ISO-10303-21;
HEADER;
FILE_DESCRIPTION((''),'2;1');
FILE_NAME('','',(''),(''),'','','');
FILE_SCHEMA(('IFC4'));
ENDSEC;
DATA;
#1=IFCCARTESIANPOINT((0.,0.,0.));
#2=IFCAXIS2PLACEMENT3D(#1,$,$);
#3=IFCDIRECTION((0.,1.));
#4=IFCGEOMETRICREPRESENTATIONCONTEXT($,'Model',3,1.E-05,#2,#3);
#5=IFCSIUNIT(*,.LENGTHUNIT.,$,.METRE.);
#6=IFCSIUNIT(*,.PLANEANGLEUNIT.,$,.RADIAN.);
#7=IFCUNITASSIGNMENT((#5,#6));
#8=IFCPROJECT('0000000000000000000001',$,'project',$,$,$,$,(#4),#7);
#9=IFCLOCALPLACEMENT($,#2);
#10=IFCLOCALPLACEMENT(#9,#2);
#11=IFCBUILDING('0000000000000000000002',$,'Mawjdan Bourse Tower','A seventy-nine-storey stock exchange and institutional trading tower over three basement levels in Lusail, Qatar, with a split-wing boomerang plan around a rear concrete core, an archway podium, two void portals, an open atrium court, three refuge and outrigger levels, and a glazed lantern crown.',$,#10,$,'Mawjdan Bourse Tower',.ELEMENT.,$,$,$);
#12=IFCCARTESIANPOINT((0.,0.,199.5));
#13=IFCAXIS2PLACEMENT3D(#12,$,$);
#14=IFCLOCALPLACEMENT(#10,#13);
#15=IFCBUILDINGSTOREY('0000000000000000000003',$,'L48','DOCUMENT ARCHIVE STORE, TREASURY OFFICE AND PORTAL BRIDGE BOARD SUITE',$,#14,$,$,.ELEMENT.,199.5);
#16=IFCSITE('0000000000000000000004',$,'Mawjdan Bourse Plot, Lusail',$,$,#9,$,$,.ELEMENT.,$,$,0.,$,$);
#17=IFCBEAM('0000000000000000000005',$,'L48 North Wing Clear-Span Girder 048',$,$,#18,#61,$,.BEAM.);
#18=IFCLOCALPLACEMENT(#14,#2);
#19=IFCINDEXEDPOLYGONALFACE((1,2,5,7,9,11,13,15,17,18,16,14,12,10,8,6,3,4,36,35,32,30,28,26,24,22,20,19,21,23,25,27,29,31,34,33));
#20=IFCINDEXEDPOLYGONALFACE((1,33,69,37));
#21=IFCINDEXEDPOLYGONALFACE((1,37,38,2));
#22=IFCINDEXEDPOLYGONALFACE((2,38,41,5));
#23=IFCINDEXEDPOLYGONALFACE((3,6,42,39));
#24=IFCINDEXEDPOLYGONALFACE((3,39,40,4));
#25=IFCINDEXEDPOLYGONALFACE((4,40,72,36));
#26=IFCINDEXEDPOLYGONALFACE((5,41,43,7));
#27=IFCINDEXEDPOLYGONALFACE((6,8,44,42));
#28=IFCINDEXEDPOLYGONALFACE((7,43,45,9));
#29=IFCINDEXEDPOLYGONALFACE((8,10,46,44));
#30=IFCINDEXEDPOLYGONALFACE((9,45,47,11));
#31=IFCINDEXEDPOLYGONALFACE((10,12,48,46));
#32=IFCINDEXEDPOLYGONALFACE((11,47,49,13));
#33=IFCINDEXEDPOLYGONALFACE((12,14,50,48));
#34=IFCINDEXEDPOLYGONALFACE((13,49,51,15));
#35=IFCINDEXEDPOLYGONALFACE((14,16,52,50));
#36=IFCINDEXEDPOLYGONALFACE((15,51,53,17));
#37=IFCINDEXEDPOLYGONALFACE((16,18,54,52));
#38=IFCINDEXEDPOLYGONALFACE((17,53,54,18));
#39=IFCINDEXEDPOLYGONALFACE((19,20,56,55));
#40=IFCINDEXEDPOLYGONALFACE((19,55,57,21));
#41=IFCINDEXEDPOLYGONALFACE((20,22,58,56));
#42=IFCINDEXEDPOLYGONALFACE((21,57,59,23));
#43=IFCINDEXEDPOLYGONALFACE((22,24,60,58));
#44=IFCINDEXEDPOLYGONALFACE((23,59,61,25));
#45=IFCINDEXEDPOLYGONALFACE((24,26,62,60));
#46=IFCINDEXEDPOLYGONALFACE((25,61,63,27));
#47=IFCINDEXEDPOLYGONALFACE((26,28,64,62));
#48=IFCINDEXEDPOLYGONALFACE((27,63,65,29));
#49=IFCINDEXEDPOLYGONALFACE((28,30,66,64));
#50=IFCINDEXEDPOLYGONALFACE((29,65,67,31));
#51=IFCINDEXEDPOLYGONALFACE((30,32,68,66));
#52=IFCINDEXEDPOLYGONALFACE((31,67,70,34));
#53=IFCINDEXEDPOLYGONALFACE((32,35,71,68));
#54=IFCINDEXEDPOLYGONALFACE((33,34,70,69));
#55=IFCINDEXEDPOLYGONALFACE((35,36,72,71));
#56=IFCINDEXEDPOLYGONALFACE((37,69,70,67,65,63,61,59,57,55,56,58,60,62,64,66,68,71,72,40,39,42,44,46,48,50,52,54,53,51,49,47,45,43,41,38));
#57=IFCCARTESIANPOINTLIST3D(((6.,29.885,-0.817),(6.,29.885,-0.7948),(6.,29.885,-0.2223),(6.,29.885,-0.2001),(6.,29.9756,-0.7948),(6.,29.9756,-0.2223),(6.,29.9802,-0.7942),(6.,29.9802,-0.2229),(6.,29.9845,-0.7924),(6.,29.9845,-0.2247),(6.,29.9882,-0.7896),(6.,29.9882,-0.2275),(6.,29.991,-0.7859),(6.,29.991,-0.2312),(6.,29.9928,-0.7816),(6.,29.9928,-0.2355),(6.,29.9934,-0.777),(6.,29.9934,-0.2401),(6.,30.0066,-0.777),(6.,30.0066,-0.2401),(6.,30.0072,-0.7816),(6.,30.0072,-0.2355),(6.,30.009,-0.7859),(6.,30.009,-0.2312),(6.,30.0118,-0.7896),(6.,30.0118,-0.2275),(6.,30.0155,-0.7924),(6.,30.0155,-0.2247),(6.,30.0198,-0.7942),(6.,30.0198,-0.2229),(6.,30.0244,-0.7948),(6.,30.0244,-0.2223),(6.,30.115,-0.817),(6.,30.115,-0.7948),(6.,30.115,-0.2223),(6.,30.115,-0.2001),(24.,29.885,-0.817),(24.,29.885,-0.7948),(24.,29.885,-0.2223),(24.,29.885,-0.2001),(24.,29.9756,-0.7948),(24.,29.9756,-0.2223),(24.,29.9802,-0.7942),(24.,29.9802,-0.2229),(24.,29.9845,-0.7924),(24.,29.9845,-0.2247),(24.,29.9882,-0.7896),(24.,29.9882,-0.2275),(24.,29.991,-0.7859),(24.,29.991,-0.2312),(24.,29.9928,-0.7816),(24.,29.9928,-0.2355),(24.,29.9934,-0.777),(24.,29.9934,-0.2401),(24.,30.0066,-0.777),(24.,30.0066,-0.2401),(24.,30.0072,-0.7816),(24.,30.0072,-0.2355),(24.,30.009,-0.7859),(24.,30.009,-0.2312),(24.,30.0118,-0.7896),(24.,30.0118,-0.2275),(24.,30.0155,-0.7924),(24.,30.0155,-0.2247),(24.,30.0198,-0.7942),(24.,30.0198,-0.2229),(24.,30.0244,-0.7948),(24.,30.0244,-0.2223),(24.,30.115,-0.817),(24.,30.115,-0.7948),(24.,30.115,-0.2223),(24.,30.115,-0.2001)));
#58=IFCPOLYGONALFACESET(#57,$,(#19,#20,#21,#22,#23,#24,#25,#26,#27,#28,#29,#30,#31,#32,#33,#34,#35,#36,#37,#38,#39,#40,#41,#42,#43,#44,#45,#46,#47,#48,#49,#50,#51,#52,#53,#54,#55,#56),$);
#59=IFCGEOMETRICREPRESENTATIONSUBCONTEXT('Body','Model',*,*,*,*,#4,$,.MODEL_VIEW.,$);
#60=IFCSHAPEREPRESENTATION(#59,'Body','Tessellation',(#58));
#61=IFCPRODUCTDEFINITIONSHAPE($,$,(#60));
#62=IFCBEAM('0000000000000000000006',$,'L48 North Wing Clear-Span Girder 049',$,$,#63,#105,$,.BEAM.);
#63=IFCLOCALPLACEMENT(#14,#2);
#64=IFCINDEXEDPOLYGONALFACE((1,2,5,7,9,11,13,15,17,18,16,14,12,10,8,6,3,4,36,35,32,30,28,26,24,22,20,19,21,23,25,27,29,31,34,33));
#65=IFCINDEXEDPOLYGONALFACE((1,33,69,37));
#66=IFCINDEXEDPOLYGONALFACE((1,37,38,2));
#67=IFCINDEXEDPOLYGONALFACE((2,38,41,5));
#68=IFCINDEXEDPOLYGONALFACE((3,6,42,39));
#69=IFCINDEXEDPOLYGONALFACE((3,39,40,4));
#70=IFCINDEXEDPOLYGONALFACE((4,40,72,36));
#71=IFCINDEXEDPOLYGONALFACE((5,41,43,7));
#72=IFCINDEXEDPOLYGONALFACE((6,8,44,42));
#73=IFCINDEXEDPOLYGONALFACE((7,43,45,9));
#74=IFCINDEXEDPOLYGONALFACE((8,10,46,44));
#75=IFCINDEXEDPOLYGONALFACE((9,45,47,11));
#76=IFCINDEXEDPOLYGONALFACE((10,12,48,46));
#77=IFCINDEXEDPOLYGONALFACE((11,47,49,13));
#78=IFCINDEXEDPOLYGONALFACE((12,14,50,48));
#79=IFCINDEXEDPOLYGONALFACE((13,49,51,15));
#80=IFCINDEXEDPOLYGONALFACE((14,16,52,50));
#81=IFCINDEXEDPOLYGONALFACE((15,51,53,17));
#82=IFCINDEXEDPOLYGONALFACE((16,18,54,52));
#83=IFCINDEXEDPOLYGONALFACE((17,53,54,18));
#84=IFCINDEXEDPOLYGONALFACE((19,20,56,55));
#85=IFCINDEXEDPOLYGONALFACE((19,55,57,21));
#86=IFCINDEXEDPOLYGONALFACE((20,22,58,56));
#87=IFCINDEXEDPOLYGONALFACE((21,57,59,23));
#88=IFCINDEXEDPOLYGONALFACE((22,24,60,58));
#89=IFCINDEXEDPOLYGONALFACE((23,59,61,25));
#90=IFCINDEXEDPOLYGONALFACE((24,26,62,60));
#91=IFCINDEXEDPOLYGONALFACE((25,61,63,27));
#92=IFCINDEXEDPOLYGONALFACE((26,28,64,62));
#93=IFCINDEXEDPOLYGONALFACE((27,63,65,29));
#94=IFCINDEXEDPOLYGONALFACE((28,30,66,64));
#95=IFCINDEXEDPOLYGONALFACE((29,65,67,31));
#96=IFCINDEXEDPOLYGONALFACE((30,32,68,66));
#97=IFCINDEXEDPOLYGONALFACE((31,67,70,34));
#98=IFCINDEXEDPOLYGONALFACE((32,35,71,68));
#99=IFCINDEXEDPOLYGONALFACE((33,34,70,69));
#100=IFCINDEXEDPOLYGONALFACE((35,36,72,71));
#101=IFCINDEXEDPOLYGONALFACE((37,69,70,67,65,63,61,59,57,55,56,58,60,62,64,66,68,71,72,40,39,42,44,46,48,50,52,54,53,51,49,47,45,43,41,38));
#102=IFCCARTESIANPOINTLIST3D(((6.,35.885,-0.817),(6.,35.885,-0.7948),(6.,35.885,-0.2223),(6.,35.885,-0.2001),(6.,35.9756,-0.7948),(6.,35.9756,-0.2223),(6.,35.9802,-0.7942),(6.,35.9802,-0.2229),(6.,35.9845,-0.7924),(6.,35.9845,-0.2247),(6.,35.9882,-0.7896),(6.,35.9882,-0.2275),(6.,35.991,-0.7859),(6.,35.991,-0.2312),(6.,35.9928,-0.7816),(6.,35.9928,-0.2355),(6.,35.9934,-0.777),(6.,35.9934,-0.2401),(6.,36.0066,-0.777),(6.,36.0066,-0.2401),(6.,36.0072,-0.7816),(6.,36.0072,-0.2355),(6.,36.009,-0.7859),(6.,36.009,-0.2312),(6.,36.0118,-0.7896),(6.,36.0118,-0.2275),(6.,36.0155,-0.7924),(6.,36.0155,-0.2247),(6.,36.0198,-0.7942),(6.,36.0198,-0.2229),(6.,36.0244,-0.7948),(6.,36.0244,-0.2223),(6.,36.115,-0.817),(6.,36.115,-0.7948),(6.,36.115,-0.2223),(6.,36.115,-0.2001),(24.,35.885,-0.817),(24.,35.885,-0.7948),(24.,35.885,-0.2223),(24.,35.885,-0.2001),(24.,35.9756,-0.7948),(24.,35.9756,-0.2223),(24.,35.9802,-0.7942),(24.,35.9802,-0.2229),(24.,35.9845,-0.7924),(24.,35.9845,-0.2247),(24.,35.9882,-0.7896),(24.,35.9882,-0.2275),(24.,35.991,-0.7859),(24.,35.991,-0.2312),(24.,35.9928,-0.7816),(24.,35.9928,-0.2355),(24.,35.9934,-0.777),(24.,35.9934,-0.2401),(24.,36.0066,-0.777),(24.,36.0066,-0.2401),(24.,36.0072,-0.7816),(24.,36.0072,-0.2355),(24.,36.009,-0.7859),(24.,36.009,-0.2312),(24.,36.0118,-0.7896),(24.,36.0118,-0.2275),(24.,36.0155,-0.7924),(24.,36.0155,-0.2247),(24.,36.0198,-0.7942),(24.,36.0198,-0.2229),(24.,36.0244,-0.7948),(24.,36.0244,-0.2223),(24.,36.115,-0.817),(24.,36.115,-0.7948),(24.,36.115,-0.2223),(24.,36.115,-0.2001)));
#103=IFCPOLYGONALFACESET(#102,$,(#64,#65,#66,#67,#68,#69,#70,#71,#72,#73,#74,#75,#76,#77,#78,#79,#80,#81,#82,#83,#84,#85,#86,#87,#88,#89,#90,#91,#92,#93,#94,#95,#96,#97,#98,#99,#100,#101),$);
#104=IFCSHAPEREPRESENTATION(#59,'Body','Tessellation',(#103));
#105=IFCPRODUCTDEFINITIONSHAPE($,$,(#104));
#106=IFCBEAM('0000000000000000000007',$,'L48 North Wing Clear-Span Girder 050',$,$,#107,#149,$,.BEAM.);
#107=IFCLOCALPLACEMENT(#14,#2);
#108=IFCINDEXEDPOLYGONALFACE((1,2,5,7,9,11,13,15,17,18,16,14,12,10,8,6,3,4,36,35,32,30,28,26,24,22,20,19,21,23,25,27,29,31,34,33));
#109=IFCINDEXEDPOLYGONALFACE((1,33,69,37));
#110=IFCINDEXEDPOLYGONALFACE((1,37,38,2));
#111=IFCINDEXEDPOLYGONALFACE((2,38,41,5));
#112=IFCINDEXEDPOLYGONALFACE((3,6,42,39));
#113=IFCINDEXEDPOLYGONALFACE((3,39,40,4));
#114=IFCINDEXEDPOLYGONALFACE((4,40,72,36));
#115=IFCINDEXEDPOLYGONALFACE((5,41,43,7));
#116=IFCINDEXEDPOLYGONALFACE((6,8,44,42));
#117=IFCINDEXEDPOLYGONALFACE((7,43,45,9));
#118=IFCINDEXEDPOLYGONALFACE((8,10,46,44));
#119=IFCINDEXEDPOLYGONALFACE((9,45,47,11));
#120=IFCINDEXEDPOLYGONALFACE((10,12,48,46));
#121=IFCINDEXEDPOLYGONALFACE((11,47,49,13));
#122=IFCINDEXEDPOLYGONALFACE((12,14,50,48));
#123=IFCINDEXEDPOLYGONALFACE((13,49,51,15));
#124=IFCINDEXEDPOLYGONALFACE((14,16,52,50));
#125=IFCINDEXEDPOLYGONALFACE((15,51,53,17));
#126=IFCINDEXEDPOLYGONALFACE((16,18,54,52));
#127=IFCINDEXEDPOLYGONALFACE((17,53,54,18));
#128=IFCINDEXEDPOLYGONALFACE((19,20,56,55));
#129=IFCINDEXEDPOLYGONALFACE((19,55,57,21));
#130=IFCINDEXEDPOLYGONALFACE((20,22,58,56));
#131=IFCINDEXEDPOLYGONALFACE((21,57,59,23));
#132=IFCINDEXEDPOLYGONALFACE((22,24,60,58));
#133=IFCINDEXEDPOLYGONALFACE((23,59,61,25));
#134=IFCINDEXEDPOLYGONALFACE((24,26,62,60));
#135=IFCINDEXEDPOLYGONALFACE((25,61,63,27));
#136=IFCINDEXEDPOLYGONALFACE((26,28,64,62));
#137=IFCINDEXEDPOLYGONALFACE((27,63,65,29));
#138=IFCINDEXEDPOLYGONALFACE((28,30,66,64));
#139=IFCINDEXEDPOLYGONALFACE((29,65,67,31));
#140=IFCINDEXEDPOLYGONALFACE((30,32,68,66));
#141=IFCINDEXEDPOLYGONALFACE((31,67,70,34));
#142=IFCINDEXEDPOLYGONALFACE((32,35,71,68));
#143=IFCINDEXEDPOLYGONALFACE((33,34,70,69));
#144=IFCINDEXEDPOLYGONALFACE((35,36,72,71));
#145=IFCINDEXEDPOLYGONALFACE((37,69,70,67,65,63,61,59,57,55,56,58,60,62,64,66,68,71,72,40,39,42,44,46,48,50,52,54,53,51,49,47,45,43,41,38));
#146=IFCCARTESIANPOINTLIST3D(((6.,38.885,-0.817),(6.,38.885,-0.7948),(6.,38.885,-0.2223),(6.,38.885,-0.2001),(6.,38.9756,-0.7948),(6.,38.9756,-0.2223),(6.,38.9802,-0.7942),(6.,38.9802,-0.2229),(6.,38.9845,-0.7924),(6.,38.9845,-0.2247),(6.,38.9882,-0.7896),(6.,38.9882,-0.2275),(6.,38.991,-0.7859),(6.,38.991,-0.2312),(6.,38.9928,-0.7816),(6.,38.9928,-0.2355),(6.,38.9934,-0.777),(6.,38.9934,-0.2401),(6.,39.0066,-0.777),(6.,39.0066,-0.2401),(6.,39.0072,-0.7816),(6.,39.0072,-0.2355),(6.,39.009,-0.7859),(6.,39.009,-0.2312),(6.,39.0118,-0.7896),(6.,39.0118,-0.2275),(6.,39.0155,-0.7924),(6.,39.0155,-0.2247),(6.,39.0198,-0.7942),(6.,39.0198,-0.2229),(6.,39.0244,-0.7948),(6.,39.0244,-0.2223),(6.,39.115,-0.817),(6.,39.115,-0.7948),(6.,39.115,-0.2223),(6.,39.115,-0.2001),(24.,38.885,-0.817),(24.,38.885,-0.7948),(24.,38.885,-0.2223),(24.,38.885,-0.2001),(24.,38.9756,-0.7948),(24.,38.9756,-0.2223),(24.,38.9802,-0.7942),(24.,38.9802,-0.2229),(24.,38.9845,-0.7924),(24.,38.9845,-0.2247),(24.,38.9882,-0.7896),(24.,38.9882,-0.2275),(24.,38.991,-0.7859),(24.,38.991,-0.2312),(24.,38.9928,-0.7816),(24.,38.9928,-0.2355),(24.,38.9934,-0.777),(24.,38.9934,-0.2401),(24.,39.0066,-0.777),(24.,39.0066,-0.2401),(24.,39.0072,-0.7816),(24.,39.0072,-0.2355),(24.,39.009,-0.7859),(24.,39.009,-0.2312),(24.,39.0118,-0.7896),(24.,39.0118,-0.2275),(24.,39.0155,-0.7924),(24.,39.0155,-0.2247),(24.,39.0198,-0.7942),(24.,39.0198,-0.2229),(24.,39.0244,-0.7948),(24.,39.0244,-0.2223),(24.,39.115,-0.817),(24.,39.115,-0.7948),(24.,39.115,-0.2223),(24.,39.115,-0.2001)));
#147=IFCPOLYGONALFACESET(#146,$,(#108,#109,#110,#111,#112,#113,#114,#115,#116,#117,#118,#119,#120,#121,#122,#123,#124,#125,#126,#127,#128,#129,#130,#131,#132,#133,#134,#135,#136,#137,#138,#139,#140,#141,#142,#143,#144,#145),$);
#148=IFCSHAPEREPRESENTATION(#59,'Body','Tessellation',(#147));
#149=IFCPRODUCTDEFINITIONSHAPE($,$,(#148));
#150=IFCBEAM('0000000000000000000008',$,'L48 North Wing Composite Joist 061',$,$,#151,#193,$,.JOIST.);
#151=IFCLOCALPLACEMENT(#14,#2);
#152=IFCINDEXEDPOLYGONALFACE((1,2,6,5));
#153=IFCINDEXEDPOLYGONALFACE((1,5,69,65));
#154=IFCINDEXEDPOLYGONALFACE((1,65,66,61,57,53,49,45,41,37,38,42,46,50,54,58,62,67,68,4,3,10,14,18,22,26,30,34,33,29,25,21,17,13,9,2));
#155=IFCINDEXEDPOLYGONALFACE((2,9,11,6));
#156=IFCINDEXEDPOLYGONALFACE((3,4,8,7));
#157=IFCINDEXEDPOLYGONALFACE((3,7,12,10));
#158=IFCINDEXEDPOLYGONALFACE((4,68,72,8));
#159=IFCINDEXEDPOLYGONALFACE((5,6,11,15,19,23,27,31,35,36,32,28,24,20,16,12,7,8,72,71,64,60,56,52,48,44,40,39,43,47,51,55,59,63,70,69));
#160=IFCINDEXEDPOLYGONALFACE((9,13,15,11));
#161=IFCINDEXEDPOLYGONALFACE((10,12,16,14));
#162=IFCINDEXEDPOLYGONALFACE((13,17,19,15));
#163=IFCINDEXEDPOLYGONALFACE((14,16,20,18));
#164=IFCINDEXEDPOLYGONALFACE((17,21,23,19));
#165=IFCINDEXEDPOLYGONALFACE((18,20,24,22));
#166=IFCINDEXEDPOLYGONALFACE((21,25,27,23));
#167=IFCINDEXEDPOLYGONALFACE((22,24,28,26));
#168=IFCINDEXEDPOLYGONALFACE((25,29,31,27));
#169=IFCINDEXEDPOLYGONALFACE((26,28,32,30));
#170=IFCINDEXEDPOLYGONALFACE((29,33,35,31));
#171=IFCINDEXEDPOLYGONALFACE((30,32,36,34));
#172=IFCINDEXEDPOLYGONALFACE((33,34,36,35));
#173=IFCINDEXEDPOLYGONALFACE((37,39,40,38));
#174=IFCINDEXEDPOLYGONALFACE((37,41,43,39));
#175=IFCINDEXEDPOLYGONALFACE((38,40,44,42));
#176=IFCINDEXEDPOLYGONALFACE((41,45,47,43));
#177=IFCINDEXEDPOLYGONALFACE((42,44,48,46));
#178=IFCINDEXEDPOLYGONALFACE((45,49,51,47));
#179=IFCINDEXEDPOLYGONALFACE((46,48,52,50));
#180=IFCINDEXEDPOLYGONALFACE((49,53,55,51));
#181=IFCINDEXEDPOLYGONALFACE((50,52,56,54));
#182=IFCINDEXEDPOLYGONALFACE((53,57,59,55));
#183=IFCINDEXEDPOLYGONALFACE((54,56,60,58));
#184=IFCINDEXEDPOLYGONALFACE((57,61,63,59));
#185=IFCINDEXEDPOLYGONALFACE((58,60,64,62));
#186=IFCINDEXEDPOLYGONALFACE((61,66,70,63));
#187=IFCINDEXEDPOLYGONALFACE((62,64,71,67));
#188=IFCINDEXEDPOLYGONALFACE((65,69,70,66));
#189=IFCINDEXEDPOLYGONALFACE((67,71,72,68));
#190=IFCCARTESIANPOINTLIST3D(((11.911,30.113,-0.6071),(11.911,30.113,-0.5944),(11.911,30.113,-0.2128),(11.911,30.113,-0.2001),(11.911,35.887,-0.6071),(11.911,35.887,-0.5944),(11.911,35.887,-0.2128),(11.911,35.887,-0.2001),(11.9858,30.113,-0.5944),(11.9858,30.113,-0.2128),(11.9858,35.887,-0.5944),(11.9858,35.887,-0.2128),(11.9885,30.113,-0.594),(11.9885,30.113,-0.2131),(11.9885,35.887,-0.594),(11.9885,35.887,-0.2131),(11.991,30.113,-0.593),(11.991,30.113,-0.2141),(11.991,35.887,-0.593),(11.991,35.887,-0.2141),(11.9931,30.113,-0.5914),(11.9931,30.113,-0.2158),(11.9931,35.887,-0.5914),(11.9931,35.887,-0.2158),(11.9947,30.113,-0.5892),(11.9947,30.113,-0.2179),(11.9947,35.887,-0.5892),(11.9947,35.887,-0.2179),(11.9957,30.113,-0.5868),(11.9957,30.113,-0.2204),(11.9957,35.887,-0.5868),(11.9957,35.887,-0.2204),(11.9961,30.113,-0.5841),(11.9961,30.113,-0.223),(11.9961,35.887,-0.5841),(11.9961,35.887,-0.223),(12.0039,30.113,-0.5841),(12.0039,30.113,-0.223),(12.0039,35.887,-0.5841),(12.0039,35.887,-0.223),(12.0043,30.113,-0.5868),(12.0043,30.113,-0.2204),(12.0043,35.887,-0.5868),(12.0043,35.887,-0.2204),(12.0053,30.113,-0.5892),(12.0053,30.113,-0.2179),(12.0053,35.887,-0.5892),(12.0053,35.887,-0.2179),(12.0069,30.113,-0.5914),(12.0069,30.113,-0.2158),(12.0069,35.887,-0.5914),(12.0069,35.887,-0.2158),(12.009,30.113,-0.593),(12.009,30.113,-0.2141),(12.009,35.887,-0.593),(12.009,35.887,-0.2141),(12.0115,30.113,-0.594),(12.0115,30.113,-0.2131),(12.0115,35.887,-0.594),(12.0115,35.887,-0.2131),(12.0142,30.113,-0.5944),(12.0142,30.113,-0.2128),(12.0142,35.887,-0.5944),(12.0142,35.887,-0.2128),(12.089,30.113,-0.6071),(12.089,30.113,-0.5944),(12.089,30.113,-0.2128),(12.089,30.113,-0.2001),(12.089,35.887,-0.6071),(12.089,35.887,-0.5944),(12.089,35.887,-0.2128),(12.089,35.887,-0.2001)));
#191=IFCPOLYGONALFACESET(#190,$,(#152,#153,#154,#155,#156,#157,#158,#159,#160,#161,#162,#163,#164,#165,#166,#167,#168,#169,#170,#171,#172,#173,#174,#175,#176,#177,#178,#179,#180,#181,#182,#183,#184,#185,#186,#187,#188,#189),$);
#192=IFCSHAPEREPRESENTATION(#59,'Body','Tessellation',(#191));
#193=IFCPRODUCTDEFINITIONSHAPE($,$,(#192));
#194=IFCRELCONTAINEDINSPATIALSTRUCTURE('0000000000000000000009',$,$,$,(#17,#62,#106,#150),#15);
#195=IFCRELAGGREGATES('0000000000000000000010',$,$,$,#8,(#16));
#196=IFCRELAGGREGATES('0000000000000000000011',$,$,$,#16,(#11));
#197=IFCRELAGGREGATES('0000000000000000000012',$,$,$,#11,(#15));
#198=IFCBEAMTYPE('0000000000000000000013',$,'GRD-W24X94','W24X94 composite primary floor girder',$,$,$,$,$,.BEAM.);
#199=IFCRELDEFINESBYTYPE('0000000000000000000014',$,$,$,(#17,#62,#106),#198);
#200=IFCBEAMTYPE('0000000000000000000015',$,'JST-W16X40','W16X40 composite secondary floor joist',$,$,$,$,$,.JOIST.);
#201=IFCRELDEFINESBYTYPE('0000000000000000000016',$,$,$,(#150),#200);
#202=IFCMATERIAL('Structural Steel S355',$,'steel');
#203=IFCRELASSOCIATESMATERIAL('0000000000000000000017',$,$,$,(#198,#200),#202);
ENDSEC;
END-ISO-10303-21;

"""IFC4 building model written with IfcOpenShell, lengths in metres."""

from ifc_helpers import new_model, si_unit, direction, frame, origin, origin_2d, place, context, subcontext, project, spatial, i_section, extrude, material, material_profile, profile_set, type_object, element, save


model = new_model("IFC4")

# Units and contexts
model_context = context("Model", 3, precision=1e-05, world=origin(), true_north=direction((0.0, 1.0)))
body_context = subcontext(model_context, "Body", "Model", "MODEL_VIEW")
ifc_project = project(units=[si_unit("LENGTHUNIT", "METRE"), si_unit("PLANEANGLEUNIT", "RADIAN")], contexts=[model_context])

# Site, building, storey
site_placement = place(None, origin())
site = spatial("IfcSite", under=ifc_project, at=site_placement, Name="Mawjdan Bourse Plot, Lusail", CompositionType="ELEMENT", RefElevation=0.0)
building_placement = place(site_placement, origin())
building = spatial("IfcBuilding", under=site, at=building_placement, Name="Mawjdan Bourse Tower", Description="A seventy-nine-storey stock exchange and institutional trading tower over three basement levels in Lusail, Qatar, with a split-wing boomerang plan around a rear concrete core, an archway podium, two void portals, an open atrium court, three refuge and outrigger levels, and a glazed lantern crown.", LongName="Mawjdan Bourse Tower", CompositionType="ELEMENT")
storey_placement = place(building_placement, frame((0.0, 0.0, 199.5)))
storey = spatial("IfcBuildingStorey", under=building, at=storey_placement, Name="L48", Description="DOCUMENT ARCHIVE STORE, TREASURY OFFICE AND PORTAL BRIDGE BOARD SUITE", CompositionType="ELEMENT", Elevation=199.5)

# Beams
ifc_material_1 = material(Name="Structural Steel S355", Category="steel")
ifc_material_profile_1 = material_profile(ifc_material_1, i_section(OverallWidth=0.23, OverallDepth=0.6169, WebThickness=0.0132, FlangeThickness=0.0222, FilletRadius=0.0178, at=origin_2d()), Name="W24X94")
ifc_profile_set_1 = profile_set([ifc_material_profile_1], Name="Structural Steel S355")
beam_type_1 = type_object("IfcBeamType", Name="GRD-W24X94", Description="W24X94 composite primary floor girder", PredefinedType="BEAM", material=ifc_profile_set_1)
for number, where, z_axis, x_axis, name in (
    (1, (6.0, 30.0, -0.5085), (1.0, 0.0, 0.0), (0.0, 1.0, 0.0), "L48 North Wing Clear-Span Girder 048"),
    (2, (6.0, 36.0, -0.5085), (1.0, 0.0, 0.0), (0.0, 1.0, 0.0), "L48 North Wing Clear-Span Girder 049"),
    (3, (6.0, 39.0, -0.5085), (1.0, 0.0, 0.0), (0.0, 1.0, 0.0), "L48 North Wing Clear-Span Girder 050"),
):
    element("IfcBeam", number, at=place(storey_placement, frame(where, z_axis=z_axis, x_axis=x_axis)), inside=storey, type_object=beam_type_1, Name=name, PredefinedType="BEAM", context=body_context, shape_type="SweptSolid", body=[
        extrude(i_section(OverallWidth=0.23, OverallDepth=0.6169, WebThickness=0.0132, FlangeThickness=0.0222, FilletRadius=0.0178, at=origin_2d()), origin(), (0.0, 0.0, 1.0), 18.0),
    ])
ifc_material_profile_2 = material_profile(ifc_material_1, i_section(OverallWidth=0.178, OverallDepth=0.407, WebThickness=0.0078, FlangeThickness=0.0127, FilletRadius=0.0103, at=origin_2d()), Name="W16X40")
ifc_profile_set_2 = profile_set([ifc_material_profile_2], Name="Structural Steel S355")
beam_type_2 = type_object("IfcBeamType", Name="JST-W16X40", Description="W16X40 composite secondary floor joist", PredefinedType="JOIST", material=ifc_profile_set_2)
beam_1_placement = place(storey_placement, frame((12.0, 30.113, -0.4036), z_axis=(0.0, 1.0, 0.0), x_axis=(-1.0, 0.0, 0.0)))
element("IfcBeam", 4, at=beam_1_placement, inside=storey, type_object=beam_type_2, Name="L48 North Wing Composite Joist 061", PredefinedType="JOIST", context=body_context, shape_type="SweptSolid", body=[
    extrude(i_section(OverallWidth=0.178, OverallDepth=0.407, WebThickness=0.0078, FlangeThickness=0.0127, FilletRadius=0.0103, at=origin_2d()), origin(), (0.0, 0.0, 1.0), 5.7739),
])

save(model, "model.ifc")
